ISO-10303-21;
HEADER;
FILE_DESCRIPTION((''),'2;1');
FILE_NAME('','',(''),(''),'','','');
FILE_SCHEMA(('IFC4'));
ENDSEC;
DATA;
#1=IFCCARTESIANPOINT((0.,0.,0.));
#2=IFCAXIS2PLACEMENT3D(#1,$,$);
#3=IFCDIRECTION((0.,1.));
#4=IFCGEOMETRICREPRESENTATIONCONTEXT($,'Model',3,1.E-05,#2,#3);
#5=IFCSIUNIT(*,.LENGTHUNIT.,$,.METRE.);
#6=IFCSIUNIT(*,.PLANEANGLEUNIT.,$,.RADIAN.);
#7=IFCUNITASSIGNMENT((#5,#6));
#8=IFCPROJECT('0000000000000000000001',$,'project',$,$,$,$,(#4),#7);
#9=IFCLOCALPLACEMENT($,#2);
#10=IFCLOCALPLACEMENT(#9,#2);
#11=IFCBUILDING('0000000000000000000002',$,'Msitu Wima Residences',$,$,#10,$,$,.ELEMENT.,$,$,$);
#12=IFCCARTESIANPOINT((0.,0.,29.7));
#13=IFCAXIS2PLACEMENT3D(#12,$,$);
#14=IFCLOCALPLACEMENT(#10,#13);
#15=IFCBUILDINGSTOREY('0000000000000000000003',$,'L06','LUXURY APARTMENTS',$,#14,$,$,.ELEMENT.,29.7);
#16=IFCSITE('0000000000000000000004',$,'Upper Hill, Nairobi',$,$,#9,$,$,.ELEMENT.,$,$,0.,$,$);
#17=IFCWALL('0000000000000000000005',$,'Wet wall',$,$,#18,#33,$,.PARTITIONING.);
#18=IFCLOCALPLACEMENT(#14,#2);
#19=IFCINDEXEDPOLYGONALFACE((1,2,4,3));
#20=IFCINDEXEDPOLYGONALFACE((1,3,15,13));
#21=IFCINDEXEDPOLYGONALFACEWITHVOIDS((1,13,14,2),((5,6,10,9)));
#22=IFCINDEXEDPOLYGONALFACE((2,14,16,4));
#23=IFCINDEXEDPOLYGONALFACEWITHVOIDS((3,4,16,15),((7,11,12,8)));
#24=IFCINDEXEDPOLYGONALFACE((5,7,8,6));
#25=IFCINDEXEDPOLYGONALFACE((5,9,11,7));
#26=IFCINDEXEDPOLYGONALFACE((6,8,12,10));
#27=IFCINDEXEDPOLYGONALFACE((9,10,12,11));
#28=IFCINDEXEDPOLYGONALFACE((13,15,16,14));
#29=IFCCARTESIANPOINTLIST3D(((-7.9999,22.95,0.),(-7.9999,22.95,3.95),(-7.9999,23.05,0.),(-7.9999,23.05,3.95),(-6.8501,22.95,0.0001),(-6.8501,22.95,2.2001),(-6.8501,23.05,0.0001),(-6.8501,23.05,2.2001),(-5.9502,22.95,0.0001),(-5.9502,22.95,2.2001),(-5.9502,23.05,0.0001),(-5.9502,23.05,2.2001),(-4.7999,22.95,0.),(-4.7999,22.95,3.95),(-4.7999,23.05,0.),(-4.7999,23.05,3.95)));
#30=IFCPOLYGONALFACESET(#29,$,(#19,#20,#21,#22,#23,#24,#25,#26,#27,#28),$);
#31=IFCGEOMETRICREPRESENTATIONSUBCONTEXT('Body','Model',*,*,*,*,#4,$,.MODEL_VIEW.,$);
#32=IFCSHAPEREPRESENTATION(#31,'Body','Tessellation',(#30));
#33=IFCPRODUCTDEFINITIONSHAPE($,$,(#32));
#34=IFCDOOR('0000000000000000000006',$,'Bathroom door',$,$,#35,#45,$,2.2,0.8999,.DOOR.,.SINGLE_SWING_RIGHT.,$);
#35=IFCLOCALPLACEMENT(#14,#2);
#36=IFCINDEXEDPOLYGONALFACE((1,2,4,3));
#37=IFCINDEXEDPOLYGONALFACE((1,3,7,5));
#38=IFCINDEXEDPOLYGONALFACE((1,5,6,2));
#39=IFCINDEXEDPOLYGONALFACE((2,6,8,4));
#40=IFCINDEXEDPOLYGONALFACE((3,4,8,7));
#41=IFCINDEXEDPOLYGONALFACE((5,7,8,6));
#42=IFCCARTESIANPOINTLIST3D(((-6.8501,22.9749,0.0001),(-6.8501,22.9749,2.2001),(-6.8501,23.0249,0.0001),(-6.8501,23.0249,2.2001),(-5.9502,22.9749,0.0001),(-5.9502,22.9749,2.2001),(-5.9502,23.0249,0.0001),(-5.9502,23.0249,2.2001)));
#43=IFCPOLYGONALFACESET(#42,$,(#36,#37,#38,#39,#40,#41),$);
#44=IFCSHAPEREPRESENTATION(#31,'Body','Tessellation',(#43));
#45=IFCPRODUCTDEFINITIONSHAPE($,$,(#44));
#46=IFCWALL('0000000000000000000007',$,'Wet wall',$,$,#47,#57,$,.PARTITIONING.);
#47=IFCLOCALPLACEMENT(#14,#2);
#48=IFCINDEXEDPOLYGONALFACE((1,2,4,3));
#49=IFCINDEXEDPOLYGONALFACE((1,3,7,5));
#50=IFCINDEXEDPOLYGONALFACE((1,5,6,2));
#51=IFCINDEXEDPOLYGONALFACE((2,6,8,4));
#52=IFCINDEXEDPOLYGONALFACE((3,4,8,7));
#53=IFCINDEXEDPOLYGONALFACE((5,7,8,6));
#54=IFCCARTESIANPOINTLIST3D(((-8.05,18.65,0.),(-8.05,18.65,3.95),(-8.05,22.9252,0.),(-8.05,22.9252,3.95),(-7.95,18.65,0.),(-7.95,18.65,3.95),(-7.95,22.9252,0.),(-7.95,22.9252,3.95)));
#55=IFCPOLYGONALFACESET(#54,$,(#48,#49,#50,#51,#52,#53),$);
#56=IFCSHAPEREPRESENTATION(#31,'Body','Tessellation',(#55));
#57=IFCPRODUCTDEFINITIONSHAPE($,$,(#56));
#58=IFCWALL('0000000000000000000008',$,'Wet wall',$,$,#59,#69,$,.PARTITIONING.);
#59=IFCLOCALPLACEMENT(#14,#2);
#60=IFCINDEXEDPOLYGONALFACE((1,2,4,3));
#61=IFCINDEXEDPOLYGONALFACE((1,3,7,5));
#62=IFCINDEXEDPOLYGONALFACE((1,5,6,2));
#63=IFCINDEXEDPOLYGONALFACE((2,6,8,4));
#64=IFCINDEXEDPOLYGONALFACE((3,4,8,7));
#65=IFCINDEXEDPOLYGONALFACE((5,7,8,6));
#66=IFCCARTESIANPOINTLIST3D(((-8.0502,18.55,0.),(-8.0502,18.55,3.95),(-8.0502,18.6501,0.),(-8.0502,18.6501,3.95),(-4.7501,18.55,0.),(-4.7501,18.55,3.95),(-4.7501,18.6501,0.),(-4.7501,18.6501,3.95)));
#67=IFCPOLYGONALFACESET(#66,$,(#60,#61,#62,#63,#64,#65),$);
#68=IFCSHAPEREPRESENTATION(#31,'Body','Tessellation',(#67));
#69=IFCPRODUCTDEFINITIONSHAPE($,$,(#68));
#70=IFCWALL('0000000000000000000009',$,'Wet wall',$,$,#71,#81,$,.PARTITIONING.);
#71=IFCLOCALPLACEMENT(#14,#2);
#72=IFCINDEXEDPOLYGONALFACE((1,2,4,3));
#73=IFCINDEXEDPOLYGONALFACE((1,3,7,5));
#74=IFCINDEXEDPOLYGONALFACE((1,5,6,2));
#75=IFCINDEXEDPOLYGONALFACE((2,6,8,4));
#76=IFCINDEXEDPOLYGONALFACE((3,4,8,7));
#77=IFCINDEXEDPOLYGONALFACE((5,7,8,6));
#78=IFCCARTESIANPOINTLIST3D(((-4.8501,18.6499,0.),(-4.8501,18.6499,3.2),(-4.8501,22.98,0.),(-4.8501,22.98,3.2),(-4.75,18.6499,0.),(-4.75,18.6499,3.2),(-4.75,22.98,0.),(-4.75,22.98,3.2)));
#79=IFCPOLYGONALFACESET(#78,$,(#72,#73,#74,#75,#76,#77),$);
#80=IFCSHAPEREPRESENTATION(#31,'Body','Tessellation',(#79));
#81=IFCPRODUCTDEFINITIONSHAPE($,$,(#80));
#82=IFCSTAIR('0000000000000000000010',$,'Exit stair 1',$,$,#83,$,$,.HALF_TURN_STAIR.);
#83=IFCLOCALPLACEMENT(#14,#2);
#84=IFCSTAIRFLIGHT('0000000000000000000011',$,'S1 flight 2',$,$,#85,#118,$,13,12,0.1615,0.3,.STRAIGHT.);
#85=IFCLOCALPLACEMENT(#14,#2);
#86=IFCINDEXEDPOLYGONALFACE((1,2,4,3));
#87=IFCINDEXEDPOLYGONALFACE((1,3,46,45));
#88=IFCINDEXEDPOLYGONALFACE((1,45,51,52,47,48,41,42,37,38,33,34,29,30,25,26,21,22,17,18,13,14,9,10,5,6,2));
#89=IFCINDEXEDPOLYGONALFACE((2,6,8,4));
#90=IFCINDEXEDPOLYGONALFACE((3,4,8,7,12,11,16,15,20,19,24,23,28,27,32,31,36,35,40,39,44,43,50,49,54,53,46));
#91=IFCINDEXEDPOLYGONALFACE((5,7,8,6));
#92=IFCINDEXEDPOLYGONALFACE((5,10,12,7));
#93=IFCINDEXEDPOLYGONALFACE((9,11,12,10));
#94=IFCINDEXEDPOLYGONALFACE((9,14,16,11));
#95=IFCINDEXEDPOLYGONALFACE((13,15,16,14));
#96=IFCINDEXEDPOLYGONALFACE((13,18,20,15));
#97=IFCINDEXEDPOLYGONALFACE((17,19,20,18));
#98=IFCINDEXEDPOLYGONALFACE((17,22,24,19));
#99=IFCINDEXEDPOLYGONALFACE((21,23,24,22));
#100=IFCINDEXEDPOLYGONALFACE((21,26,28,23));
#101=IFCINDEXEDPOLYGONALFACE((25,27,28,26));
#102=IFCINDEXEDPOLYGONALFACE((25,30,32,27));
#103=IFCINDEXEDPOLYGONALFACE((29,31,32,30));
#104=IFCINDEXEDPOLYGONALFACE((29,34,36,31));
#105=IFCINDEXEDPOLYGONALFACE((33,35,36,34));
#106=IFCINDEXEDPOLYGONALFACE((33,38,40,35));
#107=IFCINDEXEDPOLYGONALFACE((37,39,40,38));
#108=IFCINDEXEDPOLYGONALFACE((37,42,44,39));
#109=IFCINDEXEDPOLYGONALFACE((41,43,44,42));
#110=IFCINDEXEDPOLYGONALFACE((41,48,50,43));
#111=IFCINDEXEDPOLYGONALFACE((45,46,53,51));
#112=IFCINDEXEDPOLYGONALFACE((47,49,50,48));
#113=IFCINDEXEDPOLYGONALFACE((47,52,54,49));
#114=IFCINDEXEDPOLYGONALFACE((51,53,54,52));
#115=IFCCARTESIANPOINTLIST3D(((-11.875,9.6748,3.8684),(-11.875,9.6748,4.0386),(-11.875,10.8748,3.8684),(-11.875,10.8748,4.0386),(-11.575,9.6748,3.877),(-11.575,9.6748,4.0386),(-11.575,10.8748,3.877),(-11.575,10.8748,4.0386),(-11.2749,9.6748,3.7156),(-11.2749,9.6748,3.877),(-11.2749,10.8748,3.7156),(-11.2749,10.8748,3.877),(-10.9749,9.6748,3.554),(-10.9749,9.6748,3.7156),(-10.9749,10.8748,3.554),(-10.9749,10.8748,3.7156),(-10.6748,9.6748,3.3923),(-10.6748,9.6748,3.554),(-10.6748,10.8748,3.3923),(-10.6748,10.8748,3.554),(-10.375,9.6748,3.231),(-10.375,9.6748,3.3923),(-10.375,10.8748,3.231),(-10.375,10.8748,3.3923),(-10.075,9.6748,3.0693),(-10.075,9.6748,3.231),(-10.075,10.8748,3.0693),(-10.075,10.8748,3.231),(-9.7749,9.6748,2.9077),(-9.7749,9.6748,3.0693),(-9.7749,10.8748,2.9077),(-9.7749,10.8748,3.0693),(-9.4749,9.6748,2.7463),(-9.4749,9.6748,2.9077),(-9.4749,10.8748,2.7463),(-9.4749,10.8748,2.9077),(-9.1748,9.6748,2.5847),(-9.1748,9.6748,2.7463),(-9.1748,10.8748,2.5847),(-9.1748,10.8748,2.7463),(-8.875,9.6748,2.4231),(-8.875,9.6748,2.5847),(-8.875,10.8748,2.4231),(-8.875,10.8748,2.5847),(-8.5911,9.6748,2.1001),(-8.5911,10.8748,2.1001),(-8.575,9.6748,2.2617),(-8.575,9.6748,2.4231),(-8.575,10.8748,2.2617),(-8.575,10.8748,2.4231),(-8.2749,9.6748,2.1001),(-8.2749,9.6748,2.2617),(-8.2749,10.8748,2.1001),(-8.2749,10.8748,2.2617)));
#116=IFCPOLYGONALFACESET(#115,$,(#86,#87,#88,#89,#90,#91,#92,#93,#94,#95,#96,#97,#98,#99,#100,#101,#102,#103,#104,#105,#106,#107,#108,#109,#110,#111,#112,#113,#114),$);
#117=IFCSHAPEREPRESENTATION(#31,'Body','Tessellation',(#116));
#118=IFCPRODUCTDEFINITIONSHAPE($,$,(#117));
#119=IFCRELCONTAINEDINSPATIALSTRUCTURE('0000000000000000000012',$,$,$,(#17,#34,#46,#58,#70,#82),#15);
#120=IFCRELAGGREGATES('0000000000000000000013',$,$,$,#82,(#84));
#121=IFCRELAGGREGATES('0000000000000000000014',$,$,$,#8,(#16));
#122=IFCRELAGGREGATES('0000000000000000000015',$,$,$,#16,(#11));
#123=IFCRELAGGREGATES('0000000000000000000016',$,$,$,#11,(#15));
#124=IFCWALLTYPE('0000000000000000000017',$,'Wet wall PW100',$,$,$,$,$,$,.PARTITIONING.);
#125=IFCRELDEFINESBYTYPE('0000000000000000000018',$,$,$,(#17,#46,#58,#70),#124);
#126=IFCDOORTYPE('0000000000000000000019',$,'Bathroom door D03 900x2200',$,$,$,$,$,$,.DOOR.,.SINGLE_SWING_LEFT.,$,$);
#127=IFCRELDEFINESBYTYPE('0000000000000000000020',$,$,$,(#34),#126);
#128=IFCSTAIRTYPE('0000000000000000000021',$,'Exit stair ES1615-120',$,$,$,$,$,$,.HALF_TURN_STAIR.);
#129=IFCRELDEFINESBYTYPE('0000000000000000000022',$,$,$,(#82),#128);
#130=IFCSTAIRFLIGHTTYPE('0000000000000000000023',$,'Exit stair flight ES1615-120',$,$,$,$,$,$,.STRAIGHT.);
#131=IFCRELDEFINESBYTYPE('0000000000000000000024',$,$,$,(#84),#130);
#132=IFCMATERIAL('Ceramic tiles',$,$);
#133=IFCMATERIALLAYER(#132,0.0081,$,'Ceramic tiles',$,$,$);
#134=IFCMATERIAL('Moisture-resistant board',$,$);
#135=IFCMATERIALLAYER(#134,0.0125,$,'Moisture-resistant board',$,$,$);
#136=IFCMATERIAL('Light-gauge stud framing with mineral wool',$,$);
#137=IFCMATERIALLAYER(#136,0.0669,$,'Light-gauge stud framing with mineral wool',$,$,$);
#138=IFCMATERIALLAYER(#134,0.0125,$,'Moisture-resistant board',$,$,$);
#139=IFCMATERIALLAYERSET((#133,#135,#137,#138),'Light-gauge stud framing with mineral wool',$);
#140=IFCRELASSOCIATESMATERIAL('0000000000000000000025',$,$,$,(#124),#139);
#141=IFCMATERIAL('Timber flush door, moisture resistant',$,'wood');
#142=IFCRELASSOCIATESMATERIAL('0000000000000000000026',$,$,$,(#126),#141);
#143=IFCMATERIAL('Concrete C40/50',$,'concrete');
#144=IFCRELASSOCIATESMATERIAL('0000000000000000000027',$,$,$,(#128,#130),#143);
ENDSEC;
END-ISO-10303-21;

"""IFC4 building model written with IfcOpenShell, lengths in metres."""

from ifc_helpers import new_model, si_unit, direction, frame, frame_2d, origin, place, context, subcontext, project, spatial, polyline, rectangle, outline, extrude, material, layer, layer_set, type_object, element, fill, aggregate, save


model = new_model("IFC4")

# Units and contexts
model_context = context("Model", 3, precision=1e-05, world=origin(), true_north=direction((0.0, 1.0)))
body_context = subcontext(model_context, "Body", "Model", "MODEL_VIEW")
ifc_project = project(units=[si_unit("LENGTHUNIT", "METRE"), si_unit("PLANEANGLEUNIT", "RADIAN")], contexts=[model_context])

# Site, building, storey
site_placement = place(None, origin())
site = spatial("IfcSite", under=ifc_project, at=site_placement, Name="Upper Hill, Nairobi", CompositionType="ELEMENT", RefElevation=0.0)
building_placement = place(site_placement, origin())
building = spatial("IfcBuilding", under=site, at=building_placement, Name="Msitu Wima Residences", CompositionType="ELEMENT")
storey_placement = place(building_placement, frame((0.0, 0.0, 29.7)))
storey = spatial("IfcBuildingStorey", under=building, at=storey_placement, Name="L06", Description="LUXURY APARTMENTS", CompositionType="ELEMENT", Elevation=29.7)

# Shared definitions
ifc_material_1 = material(Name="Concrete C40/50", Category="concrete")

# Shared definitions
ifc_material_2 = material(Name="Ceramic tiles")
ifc_layer_1 = layer(ifc_material_2, 0.0081, Name="Ceramic tiles")
ifc_material_3 = material(Name="Moisture-resistant board")
ifc_layer_2 = layer(ifc_material_3, 0.0125, Name="Moisture-resistant board")
ifc_material_4 = material(Name="Light-gauge stud framing with mineral wool")
ifc_layer_3 = layer(ifc_material_4, 0.0669, Name="Light-gauge stud framing with mineral wool")
ifc_layer_4 = layer(ifc_material_3, 0.0125, Name="Moisture-resistant board")
ifc_layer_set_1 = layer_set([ifc_layer_1, ifc_layer_2, ifc_layer_3, ifc_layer_4], Name="Light-gauge stud framing with mineral wool")
wall_type_1 = type_object("IfcWallType", Name="Wet wall PW100", PredefinedType="PARTITIONING", material=ifc_layer_set_1)

# Wall, opening, door
wall_1_placement = place(storey_placement, frame((-8.0, 23.0, 0.0), z_axis=(0.0, 0.0, 1.0), x_axis=(1.0, 0.0, 0.0)))
wall_1 = element("IfcWall", 1, at=wall_1_placement, inside=storey, type_object=wall_type_1, Name="Wet wall", PredefinedType="PARTITIONING", context=body_context, shape_type="SweptSolid", body=[
    extrude(rectangle(XDim=3.2, YDim=0.1001, at=frame_2d((1.6001, 0.0))), origin(), (0.0, 0.0, 1.0), 3.95),
])
opening_1_placement = place(wall_1_placement, frame((1.1499, 0.0, 0.0)))
opening_1 = element("IfcOpeningElement", 2, at=opening_1_placement, cuts=wall_1, PredefinedType="OPENING", context=body_context, shape_type="SweptSolid", body=[
    extrude(rectangle(XDim=0.8999, YDim=2.2, at=frame_2d((0.45, 1.1001))), frame((0.0, 0.0601, 0.0), z_axis=(0.0, -1.0, 0.0), x_axis=(1.0, 0.0, 0.0)), (0.0, 0.0, 1.0), 0.1201),
])
ifc_material_5 = material(Name="Timber flush door, moisture resistant", Category="wood")
door_type_1 = type_object("IfcDoorType", Name="Bathroom door D03 900x2200", OperationType="SINGLE_SWING_LEFT", PredefinedType="DOOR", material=ifc_material_5)
door_1_placement = place(opening_1_placement, origin())
door_1 = element("IfcDoor", 3, at=door_1_placement, inside=storey, type_object=door_type_1, Name="Bathroom door", OperationType="SINGLE_SWING_RIGHT", OverallHeight=2.2, OverallWidth=0.8999, PredefinedType="DOOR", context=body_context, shape_type="SweptSolid", body=[
    extrude(rectangle(XDim=0.8999, YDim=2.2, at=frame_2d((0.45, 1.1001))), frame((0.0, 0.0249, 0.0), z_axis=(0.0, -1.0, 0.0), x_axis=(1.0, 0.0, 0.0)), (0.0, 0.0, 1.0), 0.05),
])
fill(opening_1, door_1)

# Walls
wall_2_placement = place(storey_placement, frame((-8.0, 18.6499, 0.0), z_axis=(0.0, 0.0, 1.0), x_axis=(0.0, 1.0, 0.0)))
element("IfcWall", 4, at=wall_2_placement, inside=storey, type_object=wall_type_1, Name="Wet wall", PredefinedType="PARTITIONING", context=body_context, shape_type="SweptSolid", body=[
    extrude(rectangle(XDim=4.2751, YDim=0.1001, at=frame_2d((2.1377, 0.0))), origin(), (0.0, 0.0, 1.0), 3.95),
])
wall_3_placement = place(storey_placement, frame((-8.05, 18.6001, 0.0), z_axis=(0.0, 0.0, 1.0), x_axis=(1.0, 0.0, 0.0)))
element("IfcWall", 5, at=wall_3_placement, inside=storey, type_object=wall_type_1, Name="Wet wall", PredefinedType="PARTITIONING", context=body_context, shape_type="SweptSolid", body=[
    extrude(rectangle(XDim=3.3, YDim=0.1001, at=frame_2d((1.6499, 0.0))), origin(), (0.0, 0.0, 1.0), 3.95),
])
wall_4_placement = place(storey_placement, frame((-4.8, 18.6499, 0.0), z_axis=(0.0, 0.0, 1.0), x_axis=(0.0, 1.0, 0.0)))
element("IfcWall", 6, at=wall_4_placement, inside=storey, type_object=wall_type_1, Name="Wet wall", PredefinedType="PARTITIONING", context=body_context, shape_type="SweptSolid", body=[
    extrude(rectangle(XDim=4.3301, YDim=0.1001, at=frame_2d((2.165, 0.0))), origin(), (0.0, 0.0, 1.0), 3.2),
])

# Stair, stair flight
stair_type = type_object("IfcStairType", Name="Exit stair ES1615-120", PredefinedType="HALF_TURN_STAIR", material=ifc_material_1)
stair_placement = place(storey_placement, origin())
stair = element("IfcStair", 7, at=stair_placement, inside=storey, type_object=stair_type, Name="Exit stair 1", PredefinedType="HALF_TURN_STAIR")
stair_flight_type = type_object("IfcStairFlightType", Name="Exit stair flight ES1615-120", PredefinedType="STRAIGHT", material=ifc_material_1)
stair_flight_placement = place(storey_placement, frame((-8.2749, 10.2749, 2.1001), z_axis=(0.0, 0.0, 1.0), x_axis=(-1.0, 0.0, 0.0)))
stair_flight = element("IfcStairFlight", 8, at=stair_flight_placement, type_object=stair_flight_type, Name="S1 flight 2", NumberOfRisers=13, NumberOfTreads=12, PredefinedType="STRAIGHT", RiserHeight=0.1615, TreadLength=0.3, context=body_context, shape_type="SweptSolid", body=[
    extrude(outline(polyline([(0.0, 0.0), (0.0, 0.1616), (0.3, 0.1616), (0.3, 0.323), (0.6001, 0.323), (0.6001, 0.4846), (0.8999, 0.4846), (0.8999, 0.6462), (1.2, 0.6462), (1.2, 0.8076), (1.5, 0.8076), (1.5, 0.9692), (1.8, 0.9692), (1.8, 1.1309), (2.1001, 1.1309), (2.1001, 1.2922), (2.3999, 1.2922), (2.3999, 1.4539), (2.7, 1.4539), (2.7, 1.6155), (3.0, 1.6155), (3.0, 1.7769), (3.3, 1.7769), (3.3, 1.9385), (3.6001, 1.9385), (3.6001, 2.1001), (3.6001, 1.7683), (0.3162, 0.0), (0.0, 0.0)])), frame((0.0, 0.6001, 0.0), z_axis=(0.0, -1.0, 0.0), x_axis=(1.0, 0.0, 0.0)), (0.0, 0.0, 1.0), 1.2),
])
aggregate(stair, [stair_flight])

save(model, "model.ifc")
